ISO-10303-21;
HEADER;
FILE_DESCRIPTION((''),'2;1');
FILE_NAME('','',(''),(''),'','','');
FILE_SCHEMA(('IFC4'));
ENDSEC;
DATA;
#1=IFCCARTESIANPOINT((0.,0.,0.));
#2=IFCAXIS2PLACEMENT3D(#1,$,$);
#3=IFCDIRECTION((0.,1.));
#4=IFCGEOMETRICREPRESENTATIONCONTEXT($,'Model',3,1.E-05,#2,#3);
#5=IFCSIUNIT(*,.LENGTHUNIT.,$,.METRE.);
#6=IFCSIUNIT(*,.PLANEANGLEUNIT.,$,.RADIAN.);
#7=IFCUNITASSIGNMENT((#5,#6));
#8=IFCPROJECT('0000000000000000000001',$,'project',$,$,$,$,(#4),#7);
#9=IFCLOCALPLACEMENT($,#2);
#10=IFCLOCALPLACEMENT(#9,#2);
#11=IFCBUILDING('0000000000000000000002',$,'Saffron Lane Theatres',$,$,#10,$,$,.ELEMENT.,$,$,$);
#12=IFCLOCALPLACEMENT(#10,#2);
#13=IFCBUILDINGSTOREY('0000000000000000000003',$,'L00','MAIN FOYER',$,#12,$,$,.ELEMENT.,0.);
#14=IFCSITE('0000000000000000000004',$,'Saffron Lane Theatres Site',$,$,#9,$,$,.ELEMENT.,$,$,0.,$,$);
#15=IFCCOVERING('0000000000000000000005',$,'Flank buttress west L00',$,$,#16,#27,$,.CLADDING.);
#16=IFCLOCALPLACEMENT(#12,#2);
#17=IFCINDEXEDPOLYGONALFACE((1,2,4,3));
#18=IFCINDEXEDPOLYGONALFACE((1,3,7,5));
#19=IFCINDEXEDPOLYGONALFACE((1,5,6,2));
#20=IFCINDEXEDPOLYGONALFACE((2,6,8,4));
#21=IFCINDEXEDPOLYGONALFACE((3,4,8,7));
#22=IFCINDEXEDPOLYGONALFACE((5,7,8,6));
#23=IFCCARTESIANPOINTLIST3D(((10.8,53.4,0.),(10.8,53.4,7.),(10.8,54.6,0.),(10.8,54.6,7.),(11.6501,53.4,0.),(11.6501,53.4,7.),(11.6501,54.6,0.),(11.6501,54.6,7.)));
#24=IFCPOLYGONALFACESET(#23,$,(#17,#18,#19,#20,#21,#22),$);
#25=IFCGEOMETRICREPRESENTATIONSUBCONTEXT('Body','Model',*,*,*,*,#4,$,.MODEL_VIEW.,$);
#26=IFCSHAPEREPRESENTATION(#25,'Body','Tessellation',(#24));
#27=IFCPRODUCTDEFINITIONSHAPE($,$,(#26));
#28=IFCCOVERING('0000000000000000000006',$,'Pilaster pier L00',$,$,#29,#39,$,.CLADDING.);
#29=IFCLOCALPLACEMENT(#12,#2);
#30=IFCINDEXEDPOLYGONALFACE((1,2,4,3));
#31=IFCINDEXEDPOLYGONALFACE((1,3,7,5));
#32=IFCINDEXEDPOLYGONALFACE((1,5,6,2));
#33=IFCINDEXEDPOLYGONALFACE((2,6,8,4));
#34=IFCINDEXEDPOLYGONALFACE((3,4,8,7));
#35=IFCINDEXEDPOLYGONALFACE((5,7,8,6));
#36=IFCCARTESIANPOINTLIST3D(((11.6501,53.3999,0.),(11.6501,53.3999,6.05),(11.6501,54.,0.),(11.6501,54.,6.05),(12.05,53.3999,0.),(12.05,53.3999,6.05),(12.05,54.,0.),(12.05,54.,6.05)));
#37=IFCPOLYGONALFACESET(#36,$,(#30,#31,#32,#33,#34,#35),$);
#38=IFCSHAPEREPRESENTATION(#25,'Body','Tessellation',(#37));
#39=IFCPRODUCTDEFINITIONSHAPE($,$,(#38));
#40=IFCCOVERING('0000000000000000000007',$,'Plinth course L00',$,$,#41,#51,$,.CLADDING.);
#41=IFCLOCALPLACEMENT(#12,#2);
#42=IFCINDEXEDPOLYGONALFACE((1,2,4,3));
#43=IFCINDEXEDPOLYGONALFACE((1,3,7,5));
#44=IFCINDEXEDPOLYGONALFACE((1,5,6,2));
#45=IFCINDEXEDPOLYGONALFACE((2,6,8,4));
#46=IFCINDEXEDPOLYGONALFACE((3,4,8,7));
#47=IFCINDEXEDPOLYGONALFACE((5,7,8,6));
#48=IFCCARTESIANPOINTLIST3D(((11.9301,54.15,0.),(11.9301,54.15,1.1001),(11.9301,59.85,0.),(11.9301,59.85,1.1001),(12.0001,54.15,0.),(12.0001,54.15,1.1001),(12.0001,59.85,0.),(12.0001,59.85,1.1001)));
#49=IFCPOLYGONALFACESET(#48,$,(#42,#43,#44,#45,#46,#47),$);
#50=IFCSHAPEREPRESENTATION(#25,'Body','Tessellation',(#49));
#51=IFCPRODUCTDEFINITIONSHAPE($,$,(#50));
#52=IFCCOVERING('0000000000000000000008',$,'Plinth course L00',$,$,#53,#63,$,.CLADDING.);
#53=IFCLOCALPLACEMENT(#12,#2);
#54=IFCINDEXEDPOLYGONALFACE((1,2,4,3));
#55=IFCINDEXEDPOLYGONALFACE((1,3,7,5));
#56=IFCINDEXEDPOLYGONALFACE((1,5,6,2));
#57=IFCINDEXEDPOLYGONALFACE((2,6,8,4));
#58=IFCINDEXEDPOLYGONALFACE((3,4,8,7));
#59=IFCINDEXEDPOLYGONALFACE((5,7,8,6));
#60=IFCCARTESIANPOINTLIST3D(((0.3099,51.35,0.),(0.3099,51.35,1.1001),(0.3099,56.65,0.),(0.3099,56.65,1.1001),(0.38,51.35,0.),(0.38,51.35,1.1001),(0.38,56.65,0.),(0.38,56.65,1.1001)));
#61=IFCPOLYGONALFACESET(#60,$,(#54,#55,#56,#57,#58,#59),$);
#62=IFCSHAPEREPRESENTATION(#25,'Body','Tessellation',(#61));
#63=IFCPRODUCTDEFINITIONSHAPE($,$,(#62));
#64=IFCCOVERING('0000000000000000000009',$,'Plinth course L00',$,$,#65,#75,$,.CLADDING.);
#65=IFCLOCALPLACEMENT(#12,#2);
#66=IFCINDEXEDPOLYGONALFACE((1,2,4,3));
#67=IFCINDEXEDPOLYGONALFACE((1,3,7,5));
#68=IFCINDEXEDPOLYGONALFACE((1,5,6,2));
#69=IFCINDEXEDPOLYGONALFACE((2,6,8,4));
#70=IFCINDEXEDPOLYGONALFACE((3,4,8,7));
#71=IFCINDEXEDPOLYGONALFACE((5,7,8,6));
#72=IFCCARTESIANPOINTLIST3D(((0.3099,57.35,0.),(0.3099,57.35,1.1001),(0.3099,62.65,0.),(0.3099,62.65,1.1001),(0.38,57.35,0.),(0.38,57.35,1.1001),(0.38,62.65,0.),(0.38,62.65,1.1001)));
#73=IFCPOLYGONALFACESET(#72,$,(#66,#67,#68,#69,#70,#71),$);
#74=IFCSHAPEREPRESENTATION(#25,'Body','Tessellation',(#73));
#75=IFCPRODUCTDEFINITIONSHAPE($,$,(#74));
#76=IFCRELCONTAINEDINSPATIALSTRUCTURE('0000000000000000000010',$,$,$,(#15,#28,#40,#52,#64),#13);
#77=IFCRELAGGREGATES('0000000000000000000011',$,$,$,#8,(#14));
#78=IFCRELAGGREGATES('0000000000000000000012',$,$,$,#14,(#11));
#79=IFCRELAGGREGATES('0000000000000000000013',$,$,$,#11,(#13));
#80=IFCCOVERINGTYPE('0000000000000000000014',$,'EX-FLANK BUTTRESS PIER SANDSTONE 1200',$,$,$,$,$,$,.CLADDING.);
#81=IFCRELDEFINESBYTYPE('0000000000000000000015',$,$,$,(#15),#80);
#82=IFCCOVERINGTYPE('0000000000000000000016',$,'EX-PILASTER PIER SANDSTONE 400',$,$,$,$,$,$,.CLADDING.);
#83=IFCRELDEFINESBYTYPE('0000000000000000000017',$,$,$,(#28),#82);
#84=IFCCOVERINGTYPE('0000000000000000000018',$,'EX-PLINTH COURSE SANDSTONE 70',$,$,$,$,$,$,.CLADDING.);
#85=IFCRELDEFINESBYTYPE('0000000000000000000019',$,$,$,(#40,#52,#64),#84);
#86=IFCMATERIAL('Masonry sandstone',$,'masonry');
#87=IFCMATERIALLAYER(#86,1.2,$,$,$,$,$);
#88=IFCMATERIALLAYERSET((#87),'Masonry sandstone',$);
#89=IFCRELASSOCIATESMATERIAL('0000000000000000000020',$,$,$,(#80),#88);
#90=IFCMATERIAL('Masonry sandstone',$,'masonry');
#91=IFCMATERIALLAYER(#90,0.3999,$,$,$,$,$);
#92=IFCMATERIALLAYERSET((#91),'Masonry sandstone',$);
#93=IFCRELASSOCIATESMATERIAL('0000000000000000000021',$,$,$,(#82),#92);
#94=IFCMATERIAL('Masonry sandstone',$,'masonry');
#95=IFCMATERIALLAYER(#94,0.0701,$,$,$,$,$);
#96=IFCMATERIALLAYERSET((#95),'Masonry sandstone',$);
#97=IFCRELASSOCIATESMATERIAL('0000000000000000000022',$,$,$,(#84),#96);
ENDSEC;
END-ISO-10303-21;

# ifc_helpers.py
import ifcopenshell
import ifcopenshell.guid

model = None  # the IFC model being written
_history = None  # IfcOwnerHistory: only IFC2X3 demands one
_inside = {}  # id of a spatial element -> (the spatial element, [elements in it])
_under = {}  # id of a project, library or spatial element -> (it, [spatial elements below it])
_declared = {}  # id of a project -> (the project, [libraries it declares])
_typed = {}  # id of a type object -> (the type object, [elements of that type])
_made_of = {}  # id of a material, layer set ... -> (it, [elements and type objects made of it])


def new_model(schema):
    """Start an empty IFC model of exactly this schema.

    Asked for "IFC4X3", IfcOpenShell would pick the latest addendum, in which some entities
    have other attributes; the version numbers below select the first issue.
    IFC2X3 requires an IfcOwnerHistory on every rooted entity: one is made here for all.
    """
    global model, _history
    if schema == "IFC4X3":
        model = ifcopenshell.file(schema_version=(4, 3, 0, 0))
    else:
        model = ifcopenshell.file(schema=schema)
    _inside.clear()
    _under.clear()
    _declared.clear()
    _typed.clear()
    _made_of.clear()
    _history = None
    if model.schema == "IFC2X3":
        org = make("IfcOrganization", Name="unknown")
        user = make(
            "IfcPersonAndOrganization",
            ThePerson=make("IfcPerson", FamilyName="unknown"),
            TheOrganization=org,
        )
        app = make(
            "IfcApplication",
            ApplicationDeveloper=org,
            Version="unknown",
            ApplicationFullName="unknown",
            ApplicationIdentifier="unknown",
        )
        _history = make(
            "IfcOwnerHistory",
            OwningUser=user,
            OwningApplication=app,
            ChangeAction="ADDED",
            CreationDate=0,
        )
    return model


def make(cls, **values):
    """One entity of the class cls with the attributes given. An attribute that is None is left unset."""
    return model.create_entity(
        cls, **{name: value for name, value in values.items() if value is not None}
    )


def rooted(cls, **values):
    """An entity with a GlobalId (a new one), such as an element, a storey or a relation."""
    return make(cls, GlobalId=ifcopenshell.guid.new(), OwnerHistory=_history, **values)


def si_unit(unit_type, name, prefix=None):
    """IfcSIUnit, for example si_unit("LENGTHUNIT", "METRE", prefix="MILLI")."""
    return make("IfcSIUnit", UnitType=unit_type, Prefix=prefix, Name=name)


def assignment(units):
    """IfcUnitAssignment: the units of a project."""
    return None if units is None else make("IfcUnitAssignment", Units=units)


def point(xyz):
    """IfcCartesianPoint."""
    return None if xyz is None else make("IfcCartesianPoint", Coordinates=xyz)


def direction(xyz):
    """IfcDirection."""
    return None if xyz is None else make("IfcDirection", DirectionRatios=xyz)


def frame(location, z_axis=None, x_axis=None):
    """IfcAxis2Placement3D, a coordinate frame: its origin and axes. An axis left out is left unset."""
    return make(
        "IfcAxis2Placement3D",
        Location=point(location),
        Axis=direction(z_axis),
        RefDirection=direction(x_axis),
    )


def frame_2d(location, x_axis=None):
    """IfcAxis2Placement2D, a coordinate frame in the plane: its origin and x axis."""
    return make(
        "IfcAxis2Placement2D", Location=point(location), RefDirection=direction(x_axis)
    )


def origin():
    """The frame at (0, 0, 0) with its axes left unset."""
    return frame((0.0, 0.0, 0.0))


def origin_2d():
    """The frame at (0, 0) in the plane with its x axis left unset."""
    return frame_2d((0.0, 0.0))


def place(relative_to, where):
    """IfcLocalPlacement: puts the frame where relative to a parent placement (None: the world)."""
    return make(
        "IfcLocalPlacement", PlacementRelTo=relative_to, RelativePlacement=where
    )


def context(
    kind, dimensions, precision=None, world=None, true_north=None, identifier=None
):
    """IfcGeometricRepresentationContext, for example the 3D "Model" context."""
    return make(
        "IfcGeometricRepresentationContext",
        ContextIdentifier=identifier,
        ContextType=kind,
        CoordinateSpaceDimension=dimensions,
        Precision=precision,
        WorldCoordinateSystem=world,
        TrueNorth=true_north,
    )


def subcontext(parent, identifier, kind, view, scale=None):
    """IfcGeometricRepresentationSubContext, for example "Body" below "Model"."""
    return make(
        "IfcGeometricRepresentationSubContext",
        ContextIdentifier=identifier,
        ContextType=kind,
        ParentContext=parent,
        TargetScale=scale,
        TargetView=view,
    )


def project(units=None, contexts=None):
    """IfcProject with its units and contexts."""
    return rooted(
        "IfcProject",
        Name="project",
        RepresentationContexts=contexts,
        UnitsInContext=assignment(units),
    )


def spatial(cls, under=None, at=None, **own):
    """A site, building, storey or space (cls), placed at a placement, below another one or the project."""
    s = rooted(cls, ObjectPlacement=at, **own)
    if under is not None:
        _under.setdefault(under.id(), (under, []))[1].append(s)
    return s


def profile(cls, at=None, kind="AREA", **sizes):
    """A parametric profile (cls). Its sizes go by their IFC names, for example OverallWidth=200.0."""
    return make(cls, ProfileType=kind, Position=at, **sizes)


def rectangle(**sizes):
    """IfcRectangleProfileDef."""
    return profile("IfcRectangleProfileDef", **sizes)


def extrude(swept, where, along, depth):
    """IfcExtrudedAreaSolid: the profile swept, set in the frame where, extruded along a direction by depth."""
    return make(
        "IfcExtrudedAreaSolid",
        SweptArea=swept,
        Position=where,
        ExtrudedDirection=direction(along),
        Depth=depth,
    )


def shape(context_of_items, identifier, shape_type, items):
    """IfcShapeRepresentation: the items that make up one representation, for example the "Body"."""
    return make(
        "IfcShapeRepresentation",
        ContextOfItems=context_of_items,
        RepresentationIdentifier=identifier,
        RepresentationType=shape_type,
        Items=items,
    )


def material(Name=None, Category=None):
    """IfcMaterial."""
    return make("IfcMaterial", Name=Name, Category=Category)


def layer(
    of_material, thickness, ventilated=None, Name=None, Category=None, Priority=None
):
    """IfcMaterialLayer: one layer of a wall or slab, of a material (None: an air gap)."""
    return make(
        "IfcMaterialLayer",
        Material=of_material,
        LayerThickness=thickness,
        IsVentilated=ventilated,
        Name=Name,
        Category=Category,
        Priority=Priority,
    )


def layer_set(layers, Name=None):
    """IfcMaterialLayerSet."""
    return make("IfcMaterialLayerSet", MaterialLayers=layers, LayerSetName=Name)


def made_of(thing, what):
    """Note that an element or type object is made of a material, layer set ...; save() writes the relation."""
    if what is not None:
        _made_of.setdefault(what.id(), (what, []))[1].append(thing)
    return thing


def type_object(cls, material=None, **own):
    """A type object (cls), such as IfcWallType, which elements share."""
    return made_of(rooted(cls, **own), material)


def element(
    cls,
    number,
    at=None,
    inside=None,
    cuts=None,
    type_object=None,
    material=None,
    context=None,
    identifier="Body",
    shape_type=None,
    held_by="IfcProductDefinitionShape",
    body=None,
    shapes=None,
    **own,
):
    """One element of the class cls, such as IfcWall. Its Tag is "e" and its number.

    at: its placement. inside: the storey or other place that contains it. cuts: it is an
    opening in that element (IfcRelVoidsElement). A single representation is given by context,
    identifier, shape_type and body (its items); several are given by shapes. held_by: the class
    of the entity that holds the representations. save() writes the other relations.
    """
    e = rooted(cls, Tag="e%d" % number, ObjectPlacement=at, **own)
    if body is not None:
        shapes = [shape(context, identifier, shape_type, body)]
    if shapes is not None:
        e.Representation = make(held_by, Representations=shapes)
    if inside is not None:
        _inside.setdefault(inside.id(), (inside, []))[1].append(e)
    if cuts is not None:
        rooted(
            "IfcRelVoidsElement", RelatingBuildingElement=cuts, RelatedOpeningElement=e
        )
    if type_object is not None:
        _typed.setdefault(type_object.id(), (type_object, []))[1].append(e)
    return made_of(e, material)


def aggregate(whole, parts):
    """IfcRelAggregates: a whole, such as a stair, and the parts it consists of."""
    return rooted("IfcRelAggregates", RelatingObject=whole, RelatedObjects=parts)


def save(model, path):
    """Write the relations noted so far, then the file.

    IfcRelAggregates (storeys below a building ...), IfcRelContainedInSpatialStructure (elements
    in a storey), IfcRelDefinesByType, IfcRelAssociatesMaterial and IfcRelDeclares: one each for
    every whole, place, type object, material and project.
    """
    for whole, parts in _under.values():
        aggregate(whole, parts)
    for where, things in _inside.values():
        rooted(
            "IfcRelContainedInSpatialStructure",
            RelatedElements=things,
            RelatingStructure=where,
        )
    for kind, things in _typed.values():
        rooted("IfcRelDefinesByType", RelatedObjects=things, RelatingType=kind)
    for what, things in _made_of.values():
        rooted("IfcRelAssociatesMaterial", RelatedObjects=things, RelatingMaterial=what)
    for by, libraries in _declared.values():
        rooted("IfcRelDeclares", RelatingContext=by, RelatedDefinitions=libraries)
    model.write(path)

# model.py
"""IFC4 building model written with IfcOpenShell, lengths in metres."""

from ifc_helpers import new_model, si_unit, direction, frame, origin, origin_2d, place, context, subcontext, project, spatial, rectangle, extrude, material, layer, layer_set, type_object, element, save


model = new_model("IFC4")

# Units and contexts
model_context = context("Model", 3, precision=1e-05, world=origin(), true_north=direction((0.0, 1.0)))
body_context = subcontext(model_context, "Body", "Model", "MODEL_VIEW")
ifc_project = project(units=[si_unit("LENGTHUNIT", "METRE"), si_unit("PLANEANGLEUNIT", "RADIAN")], contexts=[model_context])

# Site, building, storey
site_placement = place(None, origin())
site = spatial("IfcSite", under=ifc_project, at=site_placement, Name="Saffron Lane Theatres Site", CompositionType="ELEMENT", RefElevation=0.0)
building_placement = place(site_placement, origin())
building = spatial("IfcBuilding", under=site, at=building_placement, Name="Saffron Lane Theatres", CompositionType="ELEMENT")
storey_placement = place(building_placement, origin())
storey = spatial("IfcBuildingStorey", under=building, at=storey_placement, Name="L00", Description="MAIN FOYER", CompositionType="ELEMENT", Elevation=0.0)

# Coverings
ifc_material_1 = material(Name="Masonry sandstone", Category="masonry")
ifc_layer_1 = layer(ifc_material_1, 1.2)
ifc_layer_set_1 = layer_set([ifc_layer_1], Name="Masonry sandstone")
covering_type_1 = type_object("IfcCoveringType", Name="EX-FLANK BUTTRESS PIER SANDSTONE 1200", PredefinedType="CLADDING", material=ifc_layer_set_1)
covering_1_placement = place(storey_placement, frame((11.2251, 54.0, 0.0), z_axis=(0.0, 0.0, 1.0), x_axis=(0.0, 1.0, 0.0)))
element("IfcCovering", 1, at=covering_1_placement, inside=storey, type_object=covering_type_1, Name="Flank buttress west L00", PredefinedType="CLADDING", context=body_context, shape_type="SweptSolid", body=[
    extrude(rectangle(XDim=1.2, YDim=0.8501, at=origin_2d()), origin(), (0.0, 0.0, 1.0), 7.0),
])
ifc_material_2 = material(Name="Masonry sandstone", Category="masonry")
ifc_layer_2 = layer(ifc_material_2, 0.3999)
ifc_layer_set_2 = layer_set([ifc_layer_2], Name="Masonry sandstone")
covering_type_2 = type_object("IfcCoveringType", Name="EX-PILASTER PIER SANDSTONE 400", PredefinedType="CLADDING", material=ifc_layer_set_2)
covering_2_placement = place(storey_placement, frame((11.8501, 53.7, 0.0), z_axis=(0.0, 0.0, 1.0), x_axis=(0.0, 1.0, 0.0)))
element("IfcCovering", 2, at=covering_2_placement, inside=storey, type_object=covering_type_2, Name="Pilaster pier L00", PredefinedType="CLADDING", context=body_context, shape_type="SweptSolid", body=[
    extrude(rectangle(XDim=0.6001, YDim=0.3999, at=origin_2d()), origin(), (0.0, 0.0, 1.0), 6.05),
])
ifc_material_3 = material(Name="Masonry sandstone", Category="masonry")
ifc_layer_3 = layer(ifc_material_3, 0.0701)
ifc_layer_set_3 = layer_set([ifc_layer_3], Name="Masonry sandstone")
covering_type_3 = type_object("IfcCoveringType", Name="EX-PLINTH COURSE SANDSTONE 70", PredefinedType="CLADDING", material=ifc_layer_set_3)
covering_3_placement = place(storey_placement, frame((11.9651, 57.0, 0.0), z_axis=(0.0, 0.0, 1.0), x_axis=(0.0, 1.0, 0.0)))
element("IfcCovering", 3, at=covering_3_placement, inside=storey, type_object=covering_type_3, Name="Plinth course L00", PredefinedType="CLADDING", context=body_context, shape_type="SweptSolid", body=[
    extrude(rectangle(XDim=5.7, YDim=0.0701, at=origin_2d()), origin(), (0.0, 0.0, 1.0), 1.1001),
])
for number, where, z_axis, x_axis, name in (
    (4, (0.345, 54.0, 0.0), (0.0, 0.0, 1.0), (0.0, 1.0, 0.0), "Plinth course L00"),
    (5, (0.345, 60.0, 0.0), (0.0, 0.0, 1.0), (0.0, 1.0, 0.0), "Plinth course L00"),
):
    element("IfcCovering", number, at=place(storey_placement, frame(where, z_axis=z_axis, x_axis=x_axis)), inside=storey, type_object=covering_type_3, Name=name, PredefinedType="CLADDING", context=body_context, shape_type="SweptSolid", body=[
        extrude(rectangle(XDim=5.3, YDim=0.0701, at=origin_2d()), origin(), (0.0, 0.0, 1.0), 1.1001),
    ])

save(model, "model.ifc")
